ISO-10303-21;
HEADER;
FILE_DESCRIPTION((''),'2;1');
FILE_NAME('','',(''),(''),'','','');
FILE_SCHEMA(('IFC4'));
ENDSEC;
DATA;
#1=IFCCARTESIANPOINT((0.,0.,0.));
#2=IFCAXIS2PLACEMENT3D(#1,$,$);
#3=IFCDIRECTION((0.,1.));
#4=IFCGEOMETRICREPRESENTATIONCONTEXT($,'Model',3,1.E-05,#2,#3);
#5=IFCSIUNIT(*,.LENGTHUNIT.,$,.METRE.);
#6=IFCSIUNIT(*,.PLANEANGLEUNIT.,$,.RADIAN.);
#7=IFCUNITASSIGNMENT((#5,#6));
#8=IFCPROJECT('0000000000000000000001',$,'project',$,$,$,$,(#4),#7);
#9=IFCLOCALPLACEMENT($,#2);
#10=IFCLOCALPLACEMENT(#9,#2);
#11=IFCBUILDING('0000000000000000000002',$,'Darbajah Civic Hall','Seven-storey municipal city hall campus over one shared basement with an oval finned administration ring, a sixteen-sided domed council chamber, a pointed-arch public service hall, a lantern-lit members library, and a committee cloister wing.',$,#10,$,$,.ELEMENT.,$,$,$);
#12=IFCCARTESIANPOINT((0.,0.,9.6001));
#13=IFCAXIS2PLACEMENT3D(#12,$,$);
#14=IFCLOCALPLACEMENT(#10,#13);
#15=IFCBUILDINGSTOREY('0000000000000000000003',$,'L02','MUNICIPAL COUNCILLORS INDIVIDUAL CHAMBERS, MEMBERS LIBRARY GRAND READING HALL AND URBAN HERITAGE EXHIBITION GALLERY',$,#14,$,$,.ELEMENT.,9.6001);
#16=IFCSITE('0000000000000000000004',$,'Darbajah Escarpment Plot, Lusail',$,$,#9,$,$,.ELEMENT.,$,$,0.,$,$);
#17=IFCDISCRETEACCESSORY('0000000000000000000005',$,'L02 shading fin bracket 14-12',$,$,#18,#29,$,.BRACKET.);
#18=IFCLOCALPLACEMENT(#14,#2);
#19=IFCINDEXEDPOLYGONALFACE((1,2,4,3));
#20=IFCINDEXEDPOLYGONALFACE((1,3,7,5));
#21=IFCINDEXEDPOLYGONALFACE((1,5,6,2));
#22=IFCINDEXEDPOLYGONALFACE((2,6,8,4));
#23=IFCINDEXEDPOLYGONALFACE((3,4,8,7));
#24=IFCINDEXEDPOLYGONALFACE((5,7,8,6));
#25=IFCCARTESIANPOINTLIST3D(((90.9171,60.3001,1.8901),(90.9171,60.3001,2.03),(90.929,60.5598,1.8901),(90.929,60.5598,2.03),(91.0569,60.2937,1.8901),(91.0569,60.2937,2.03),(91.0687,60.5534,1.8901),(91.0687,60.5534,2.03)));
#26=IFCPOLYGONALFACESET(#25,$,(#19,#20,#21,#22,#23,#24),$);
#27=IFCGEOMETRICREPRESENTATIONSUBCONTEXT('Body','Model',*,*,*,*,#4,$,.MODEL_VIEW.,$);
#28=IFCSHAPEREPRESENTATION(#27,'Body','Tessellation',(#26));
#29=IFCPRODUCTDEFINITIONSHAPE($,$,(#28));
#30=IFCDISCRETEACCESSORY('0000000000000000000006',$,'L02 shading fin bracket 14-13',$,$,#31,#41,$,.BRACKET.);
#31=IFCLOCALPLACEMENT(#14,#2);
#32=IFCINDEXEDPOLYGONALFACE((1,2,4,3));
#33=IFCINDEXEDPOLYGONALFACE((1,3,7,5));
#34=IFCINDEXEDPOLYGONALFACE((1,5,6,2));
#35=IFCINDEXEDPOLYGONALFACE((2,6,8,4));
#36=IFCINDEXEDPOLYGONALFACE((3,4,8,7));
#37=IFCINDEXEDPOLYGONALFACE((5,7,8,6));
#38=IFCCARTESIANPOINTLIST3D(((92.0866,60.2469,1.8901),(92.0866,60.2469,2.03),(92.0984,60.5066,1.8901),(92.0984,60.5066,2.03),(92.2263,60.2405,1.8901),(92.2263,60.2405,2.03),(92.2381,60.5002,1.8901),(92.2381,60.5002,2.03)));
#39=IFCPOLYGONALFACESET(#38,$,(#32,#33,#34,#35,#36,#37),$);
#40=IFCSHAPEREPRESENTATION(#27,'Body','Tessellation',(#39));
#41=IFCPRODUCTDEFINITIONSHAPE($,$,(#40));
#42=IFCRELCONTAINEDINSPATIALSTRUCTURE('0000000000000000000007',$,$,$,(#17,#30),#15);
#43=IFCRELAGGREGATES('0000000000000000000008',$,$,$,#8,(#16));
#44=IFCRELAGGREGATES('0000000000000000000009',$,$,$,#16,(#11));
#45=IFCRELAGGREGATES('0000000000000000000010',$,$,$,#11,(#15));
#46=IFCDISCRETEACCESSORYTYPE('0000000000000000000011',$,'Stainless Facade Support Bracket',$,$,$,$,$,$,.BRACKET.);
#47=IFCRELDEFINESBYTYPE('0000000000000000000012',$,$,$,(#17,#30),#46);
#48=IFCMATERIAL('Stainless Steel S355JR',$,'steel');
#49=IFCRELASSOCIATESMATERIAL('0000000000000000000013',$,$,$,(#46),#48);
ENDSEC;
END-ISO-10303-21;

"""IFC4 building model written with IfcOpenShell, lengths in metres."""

from ifc_helpers import new_model, si_unit, direction, frame, origin, origin_2d, place, context, subcontext, project, spatial, rectangle, extrude, material, type_object, element, save


model = new_model("IFC4")

# Units and contexts
model_context = context("Model", 3, precision=1e-05, world=origin(), true_north=direction((0.0, 1.0)))
body_context = subcontext(model_context, "Body", "Model", "MODEL_VIEW")
ifc_project = project(units=[si_unit("LENGTHUNIT", "METRE"), si_unit("PLANEANGLEUNIT", "RADIAN")], contexts=[model_context])

# Site, building, storey
site_placement = place(None, origin())
site = spatial("IfcSite", under=ifc_project, at=site_placement, Name="Darbajah Escarpment Plot, Lusail", CompositionType="ELEMENT", RefElevation=0.0)
building_placement = place(site_placement, origin())
building = spatial("IfcBuilding", under=site, at=building_placement, Name="Darbajah Civic Hall", Description="Seven-storey municipal city hall campus over one shared basement with an oval finned administration ring, a sixteen-sided domed council chamber, a pointed-arch public service hall, a lantern-lit members library, and a committee cloister wing.", CompositionType="ELEMENT")
storey_placement = place(building_placement, frame((0.0, 0.0, 9.6001)))
storey = spatial("IfcBuildingStorey", under=building, at=storey_placement, Name="L02", Description="MUNICIPAL COUNCILLORS INDIVIDUAL CHAMBERS, MEMBERS LIBRARY GRAND READING HALL AND URBAN HERITAGE EXHIBITION GALLERY", CompositionType="ELEMENT", Elevation=9.6001)

# Discrete accessories
ifc_material_1 = material(Name="Stainless Steel S355JR", Category="steel")
discrete_accessory_type = type_object("IfcDiscreteAccessoryType", Name="Stainless Facade Support Bracket", PredefinedType="BRACKET", material=ifc_material_1)
for number, where, z_axis, x_axis, name in (
    (1, (90.9929, 60.4268, 1.8901), (0.0, 0.0, 1.0), (-0.045537, -0.998963, 0.0), "L02 shading fin bracket 14-12"),
    (2, (92.1624, 60.3735, 1.8901), (0.0, 0.0, 1.0), (-0.045537, -0.998963, 0.0), "L02 shading fin bracket 14-13"),
):
    element("IfcDiscreteAccessory", number, at=place(storey_placement, frame(where, z_axis=z_axis, x_axis=x_axis)), inside=storey, type_object=discrete_accessory_type, Name=name, PredefinedType="BRACKET", context=body_context, shape_type="SweptSolid", body=[
        extrude(rectangle(XDim=0.26, YDim=0.1399, at=origin_2d()), origin(), (0.0, 0.0, 1.0), 0.1399),
    ])

save(model, "model.ifc")
